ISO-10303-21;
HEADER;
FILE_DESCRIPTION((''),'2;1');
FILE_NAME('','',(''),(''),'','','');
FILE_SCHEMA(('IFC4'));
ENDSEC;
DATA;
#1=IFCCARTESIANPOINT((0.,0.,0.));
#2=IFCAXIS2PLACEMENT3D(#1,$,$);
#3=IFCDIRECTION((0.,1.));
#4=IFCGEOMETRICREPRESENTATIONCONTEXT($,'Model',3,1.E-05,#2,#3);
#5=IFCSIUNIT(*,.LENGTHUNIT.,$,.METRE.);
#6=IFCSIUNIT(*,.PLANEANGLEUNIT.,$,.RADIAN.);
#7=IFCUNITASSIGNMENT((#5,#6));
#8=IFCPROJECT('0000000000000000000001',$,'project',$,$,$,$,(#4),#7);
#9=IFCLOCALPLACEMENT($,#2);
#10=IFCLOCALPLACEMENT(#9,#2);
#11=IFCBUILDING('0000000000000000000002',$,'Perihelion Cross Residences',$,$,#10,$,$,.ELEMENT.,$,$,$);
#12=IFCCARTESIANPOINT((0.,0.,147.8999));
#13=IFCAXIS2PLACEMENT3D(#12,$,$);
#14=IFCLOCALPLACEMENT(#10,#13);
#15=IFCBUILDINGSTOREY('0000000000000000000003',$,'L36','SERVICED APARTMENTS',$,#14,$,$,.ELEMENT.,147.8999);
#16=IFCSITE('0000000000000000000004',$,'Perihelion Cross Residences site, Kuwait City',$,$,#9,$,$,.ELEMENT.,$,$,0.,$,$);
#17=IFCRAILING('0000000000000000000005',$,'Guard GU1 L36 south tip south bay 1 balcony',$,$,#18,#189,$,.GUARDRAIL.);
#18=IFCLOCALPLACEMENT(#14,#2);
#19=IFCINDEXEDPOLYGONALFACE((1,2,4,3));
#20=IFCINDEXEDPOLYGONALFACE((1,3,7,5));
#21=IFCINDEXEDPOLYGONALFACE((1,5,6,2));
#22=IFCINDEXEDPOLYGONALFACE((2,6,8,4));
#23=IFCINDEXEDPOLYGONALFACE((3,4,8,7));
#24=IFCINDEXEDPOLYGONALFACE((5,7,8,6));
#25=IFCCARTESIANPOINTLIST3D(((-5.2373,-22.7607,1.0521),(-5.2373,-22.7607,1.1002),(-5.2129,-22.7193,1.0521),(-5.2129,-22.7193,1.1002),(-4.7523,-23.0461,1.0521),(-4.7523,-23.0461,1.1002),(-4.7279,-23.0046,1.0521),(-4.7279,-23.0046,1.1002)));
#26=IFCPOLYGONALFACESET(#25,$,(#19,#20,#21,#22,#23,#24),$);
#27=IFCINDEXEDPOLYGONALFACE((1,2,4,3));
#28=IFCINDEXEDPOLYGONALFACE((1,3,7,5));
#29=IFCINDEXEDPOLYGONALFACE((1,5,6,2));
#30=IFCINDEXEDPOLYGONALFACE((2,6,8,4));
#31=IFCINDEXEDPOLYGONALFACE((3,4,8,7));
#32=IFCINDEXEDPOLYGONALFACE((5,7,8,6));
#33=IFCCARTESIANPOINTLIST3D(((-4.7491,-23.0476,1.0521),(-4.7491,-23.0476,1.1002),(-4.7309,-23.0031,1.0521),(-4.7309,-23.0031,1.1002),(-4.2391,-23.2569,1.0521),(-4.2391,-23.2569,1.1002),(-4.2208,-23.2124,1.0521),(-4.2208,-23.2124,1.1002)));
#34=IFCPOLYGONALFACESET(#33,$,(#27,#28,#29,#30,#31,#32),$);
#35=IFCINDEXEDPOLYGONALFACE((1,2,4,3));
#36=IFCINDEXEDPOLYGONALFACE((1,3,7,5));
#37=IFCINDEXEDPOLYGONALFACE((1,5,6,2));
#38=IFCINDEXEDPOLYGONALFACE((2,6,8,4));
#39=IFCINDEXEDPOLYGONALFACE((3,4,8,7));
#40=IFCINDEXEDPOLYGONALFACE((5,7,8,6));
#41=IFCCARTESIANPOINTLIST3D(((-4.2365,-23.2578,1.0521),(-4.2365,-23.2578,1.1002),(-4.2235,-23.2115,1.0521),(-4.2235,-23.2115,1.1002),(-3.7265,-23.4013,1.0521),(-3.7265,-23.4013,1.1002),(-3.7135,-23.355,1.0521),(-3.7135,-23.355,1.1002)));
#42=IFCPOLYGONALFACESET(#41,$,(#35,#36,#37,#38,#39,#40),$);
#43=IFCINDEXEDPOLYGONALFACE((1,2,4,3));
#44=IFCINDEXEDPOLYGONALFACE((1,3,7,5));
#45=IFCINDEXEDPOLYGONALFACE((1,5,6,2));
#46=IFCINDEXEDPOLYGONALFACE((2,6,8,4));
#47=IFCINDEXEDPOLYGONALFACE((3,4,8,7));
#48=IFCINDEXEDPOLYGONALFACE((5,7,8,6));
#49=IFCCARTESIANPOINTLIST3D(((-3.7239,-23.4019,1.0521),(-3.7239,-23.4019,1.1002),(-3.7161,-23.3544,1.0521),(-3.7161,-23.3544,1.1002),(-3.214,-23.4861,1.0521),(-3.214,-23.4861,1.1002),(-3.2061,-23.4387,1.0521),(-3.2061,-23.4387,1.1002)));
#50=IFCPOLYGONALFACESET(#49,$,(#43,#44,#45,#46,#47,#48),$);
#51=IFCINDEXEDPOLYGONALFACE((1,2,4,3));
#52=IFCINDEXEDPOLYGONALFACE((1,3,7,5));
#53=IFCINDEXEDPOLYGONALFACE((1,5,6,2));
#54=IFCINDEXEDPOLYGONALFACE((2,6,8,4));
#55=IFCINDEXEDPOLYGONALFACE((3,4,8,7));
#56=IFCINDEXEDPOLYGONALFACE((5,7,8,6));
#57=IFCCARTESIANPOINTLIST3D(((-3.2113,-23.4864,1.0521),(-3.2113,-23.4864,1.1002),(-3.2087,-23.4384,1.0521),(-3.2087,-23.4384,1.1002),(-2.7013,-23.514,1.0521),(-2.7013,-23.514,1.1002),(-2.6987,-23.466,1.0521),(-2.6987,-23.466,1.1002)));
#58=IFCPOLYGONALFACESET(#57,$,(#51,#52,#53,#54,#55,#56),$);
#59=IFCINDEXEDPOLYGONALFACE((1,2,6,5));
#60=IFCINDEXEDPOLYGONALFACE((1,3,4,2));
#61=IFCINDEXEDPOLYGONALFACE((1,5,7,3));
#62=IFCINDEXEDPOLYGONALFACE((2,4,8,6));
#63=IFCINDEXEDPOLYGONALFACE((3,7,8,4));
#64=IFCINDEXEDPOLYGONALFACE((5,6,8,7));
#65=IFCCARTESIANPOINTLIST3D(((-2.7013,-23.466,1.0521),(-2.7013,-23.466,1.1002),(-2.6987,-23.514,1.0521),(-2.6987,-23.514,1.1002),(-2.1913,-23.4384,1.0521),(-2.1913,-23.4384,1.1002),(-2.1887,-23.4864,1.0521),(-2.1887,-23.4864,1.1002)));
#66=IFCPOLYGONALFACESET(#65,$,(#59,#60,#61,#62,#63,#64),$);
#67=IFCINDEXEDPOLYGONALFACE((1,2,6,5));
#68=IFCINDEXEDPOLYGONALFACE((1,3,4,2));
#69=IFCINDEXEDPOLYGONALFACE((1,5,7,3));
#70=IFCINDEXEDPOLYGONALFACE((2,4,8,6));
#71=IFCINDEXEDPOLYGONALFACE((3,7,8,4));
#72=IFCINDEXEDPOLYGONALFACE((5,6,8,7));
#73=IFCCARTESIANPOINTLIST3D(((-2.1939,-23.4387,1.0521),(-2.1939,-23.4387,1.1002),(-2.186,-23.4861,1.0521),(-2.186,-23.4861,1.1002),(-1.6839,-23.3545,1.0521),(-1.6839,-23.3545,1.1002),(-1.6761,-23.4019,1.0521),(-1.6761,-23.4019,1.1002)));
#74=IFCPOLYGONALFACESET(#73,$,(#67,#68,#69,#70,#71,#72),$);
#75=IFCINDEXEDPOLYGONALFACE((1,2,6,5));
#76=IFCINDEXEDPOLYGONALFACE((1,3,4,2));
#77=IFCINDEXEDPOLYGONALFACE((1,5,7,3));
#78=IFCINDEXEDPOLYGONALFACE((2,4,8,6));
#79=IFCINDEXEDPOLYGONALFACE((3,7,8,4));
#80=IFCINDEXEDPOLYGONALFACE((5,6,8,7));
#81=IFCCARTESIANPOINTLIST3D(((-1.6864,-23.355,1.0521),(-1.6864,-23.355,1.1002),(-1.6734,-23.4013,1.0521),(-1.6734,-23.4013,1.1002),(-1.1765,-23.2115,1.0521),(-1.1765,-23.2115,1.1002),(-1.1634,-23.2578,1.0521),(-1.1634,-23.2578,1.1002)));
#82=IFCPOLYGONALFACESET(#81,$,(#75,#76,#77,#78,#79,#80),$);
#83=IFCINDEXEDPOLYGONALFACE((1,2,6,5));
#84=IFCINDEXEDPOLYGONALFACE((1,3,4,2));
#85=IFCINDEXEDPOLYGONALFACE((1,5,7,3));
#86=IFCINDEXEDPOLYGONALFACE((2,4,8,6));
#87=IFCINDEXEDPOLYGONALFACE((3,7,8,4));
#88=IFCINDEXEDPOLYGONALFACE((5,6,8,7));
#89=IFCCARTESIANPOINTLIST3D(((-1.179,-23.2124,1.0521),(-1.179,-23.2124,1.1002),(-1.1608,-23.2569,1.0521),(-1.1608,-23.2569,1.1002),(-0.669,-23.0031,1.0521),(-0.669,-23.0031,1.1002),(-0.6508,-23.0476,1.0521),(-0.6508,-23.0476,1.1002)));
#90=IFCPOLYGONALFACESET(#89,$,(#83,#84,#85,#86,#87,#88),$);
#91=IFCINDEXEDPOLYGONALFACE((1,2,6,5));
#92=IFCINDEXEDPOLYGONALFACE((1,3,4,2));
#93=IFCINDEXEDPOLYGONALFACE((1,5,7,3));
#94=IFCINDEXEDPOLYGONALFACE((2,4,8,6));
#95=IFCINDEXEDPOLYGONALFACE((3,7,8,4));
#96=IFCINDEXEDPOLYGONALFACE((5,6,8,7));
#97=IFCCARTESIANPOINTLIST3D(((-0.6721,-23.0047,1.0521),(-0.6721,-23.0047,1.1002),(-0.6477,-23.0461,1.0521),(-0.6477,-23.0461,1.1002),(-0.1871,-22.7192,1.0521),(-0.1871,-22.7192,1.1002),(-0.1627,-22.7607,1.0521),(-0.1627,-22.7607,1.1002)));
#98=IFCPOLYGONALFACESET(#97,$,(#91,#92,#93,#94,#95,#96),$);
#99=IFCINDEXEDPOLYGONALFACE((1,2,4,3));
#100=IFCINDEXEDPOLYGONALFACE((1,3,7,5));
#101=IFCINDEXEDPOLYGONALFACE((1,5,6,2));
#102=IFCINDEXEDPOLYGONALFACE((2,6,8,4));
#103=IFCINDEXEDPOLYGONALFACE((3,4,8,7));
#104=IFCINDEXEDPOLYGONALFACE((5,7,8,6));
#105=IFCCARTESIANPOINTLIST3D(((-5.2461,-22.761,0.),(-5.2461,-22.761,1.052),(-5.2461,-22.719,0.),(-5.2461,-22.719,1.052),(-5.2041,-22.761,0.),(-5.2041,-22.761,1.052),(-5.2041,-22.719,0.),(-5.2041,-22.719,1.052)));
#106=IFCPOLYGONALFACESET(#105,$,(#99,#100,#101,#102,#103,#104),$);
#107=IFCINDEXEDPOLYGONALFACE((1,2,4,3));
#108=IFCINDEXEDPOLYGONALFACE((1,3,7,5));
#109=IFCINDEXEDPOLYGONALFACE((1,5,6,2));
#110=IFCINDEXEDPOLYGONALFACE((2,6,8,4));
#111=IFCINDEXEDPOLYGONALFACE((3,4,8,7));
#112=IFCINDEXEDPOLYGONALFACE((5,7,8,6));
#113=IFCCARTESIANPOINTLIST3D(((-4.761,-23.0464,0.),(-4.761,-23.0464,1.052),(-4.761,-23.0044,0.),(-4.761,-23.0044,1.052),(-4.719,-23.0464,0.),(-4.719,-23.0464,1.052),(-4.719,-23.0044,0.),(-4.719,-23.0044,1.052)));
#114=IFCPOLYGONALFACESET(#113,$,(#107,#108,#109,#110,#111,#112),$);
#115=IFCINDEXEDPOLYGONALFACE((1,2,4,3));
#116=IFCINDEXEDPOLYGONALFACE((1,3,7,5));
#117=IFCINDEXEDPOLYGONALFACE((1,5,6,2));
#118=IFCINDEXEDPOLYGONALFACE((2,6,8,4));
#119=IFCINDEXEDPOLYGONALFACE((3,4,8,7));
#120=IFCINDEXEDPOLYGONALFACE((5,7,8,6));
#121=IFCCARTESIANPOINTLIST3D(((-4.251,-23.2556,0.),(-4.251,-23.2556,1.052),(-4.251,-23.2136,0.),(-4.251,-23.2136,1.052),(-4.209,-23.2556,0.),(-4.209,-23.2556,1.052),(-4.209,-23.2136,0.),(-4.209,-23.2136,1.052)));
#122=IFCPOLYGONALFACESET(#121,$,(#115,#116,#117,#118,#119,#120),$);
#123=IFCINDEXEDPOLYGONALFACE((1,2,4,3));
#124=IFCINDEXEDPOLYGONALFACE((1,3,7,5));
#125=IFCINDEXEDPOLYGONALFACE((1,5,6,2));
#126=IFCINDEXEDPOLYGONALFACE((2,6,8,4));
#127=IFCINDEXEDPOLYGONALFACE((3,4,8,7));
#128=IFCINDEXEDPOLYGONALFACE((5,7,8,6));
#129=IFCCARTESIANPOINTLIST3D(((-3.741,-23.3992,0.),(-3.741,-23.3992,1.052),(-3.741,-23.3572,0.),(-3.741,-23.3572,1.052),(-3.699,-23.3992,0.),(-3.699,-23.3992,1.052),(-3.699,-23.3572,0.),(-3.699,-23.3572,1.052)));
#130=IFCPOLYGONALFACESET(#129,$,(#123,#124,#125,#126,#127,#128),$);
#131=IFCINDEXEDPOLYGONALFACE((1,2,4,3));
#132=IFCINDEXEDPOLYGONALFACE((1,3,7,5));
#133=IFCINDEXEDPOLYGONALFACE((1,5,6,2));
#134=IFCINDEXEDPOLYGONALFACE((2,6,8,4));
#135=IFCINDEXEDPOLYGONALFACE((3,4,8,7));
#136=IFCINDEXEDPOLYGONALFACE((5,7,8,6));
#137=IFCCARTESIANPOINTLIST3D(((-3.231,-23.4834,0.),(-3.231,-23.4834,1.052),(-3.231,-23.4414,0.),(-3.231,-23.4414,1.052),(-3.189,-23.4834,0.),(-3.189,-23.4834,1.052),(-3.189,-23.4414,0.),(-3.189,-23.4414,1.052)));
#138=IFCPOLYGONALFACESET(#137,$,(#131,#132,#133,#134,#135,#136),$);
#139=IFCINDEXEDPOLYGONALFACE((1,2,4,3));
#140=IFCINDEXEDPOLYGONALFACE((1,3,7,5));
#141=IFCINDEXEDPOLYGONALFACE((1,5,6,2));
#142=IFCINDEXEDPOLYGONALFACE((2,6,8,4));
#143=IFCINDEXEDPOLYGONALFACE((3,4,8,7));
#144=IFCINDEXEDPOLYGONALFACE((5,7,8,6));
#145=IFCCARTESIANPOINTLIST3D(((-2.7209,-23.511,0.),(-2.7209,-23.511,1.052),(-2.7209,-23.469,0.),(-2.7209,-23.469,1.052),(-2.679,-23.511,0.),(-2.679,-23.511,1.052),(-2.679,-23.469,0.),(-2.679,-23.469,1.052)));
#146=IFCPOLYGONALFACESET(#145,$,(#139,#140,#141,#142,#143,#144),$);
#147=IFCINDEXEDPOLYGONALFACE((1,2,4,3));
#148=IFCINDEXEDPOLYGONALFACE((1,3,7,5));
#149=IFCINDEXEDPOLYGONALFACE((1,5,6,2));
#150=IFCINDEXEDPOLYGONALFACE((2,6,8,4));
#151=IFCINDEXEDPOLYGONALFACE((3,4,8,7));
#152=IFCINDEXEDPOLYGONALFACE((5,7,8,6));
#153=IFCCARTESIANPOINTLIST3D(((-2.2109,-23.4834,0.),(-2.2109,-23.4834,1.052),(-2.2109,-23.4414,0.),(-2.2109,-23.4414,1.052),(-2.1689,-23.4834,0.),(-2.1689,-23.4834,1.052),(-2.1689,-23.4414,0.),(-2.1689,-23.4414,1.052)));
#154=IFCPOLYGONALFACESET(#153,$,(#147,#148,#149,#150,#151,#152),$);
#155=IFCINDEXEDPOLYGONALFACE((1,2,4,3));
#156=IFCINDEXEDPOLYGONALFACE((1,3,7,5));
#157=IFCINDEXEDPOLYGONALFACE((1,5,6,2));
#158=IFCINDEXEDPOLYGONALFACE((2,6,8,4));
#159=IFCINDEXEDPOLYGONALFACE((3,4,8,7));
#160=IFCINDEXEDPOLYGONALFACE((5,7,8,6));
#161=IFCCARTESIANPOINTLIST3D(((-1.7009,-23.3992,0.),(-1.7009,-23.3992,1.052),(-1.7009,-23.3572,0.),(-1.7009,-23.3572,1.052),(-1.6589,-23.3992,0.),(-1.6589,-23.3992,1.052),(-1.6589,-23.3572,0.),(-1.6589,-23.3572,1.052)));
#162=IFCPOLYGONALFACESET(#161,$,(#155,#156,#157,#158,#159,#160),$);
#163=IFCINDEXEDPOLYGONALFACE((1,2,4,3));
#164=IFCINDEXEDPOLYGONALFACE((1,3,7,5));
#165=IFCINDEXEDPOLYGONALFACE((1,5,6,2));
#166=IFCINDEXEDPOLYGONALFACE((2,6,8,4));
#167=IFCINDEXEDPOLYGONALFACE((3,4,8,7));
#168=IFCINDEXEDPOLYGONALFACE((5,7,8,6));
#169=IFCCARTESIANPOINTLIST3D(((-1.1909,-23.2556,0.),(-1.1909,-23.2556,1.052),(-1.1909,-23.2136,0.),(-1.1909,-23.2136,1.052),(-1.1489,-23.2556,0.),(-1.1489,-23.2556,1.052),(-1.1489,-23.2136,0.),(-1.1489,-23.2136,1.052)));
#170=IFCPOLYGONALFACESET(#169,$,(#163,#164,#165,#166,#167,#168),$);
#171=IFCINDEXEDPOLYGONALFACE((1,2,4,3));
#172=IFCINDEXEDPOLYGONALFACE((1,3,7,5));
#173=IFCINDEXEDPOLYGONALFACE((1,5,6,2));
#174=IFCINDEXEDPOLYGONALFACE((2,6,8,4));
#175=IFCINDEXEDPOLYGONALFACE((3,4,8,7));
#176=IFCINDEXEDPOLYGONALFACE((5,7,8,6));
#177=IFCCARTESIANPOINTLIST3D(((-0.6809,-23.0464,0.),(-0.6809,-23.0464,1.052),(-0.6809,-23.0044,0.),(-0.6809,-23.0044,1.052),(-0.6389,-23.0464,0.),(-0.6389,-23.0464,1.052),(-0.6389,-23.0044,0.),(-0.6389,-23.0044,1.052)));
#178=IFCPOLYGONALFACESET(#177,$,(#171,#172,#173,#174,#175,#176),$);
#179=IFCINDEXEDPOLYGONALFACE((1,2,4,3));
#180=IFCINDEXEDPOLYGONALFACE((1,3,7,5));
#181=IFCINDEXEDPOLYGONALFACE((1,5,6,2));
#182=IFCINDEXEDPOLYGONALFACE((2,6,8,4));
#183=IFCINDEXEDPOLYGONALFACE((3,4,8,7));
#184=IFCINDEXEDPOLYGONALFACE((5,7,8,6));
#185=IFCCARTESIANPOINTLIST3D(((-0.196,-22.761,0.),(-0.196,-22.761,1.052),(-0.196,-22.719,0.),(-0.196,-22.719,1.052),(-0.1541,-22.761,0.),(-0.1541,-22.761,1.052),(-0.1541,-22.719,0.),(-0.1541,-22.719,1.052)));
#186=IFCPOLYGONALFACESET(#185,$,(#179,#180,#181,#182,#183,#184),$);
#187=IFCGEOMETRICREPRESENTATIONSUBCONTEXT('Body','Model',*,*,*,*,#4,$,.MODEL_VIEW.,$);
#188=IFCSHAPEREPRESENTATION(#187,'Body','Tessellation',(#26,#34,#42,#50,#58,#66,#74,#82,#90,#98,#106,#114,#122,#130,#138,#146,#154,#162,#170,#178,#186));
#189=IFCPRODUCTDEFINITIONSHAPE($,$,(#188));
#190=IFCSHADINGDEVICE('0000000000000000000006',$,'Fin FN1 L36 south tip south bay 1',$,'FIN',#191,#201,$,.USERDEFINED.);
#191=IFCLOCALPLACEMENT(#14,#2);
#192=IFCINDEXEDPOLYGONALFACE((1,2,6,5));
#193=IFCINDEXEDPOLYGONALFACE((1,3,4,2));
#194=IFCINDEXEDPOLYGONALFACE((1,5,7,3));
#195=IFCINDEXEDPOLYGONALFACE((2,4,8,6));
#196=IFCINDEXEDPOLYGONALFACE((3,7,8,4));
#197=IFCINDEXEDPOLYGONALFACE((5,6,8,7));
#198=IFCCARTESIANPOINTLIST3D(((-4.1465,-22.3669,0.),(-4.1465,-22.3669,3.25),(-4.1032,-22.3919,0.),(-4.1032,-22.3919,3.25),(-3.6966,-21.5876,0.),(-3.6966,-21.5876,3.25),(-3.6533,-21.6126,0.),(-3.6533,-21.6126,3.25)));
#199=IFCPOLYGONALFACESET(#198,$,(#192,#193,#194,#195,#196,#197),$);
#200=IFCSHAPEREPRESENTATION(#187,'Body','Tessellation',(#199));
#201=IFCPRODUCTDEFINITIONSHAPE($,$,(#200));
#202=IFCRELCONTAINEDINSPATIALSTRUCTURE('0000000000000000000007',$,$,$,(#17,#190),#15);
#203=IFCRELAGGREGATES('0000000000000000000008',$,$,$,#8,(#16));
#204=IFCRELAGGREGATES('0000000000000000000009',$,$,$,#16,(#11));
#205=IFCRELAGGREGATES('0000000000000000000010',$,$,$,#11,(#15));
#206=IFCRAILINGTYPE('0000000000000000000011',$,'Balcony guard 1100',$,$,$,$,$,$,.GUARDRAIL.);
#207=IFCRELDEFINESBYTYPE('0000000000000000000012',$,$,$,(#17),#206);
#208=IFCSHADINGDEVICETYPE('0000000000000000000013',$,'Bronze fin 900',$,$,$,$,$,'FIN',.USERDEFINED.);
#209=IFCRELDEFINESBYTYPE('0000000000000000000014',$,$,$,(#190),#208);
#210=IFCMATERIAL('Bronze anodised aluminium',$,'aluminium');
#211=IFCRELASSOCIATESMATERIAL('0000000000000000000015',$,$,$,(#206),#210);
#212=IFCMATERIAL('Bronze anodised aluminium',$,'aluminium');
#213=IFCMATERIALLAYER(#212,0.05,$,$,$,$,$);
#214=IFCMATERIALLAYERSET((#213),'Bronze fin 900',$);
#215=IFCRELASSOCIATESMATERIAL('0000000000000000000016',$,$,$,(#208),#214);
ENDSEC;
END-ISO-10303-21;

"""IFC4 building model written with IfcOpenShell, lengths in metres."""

from ifc_helpers import new_model, si_unit, direction, frame, origin, origin_2d, place, context, subcontext, project, spatial, rectangle, extrude, material, layer, layer_set, type_object, element, save


model = new_model("IFC4")

# Units and contexts
model_context = context("Model", 3, precision=1e-05, world=origin(), true_north=direction((0.0, 1.0)))
body_context = subcontext(model_context, "Body", "Model", "MODEL_VIEW")
ifc_project = project(units=[si_unit("LENGTHUNIT", "METRE"), si_unit("PLANEANGLEUNIT", "RADIAN")], contexts=[model_context])

# Site, building, storey
site_placement = place(None, origin())
site = spatial("IfcSite", under=ifc_project, at=site_placement, Name="Perihelion Cross Residences site, Kuwait City", CompositionType="ELEMENT", RefElevation=0.0)
building_placement = place(site_placement, origin())
building = spatial("IfcBuilding", under=site, at=building_placement, Name="Perihelion Cross Residences", CompositionType="ELEMENT")
storey_placement = place(building_placement, frame((0.0, 0.0, 147.8999)))
storey = spatial("IfcBuildingStorey", under=building, at=storey_placement, Name="L36", Description="SERVICED APARTMENTS", CompositionType="ELEMENT", Elevation=147.8999)

# Railing
ifc_material_1 = material(Name="Bronze anodised aluminium", Category="aluminium")
railing_type = type_object("IfcRailingType", Name="Balcony guard 1100", PredefinedType="GUARDRAIL", material=ifc_material_1)
railing_1_placement = place(storey_placement, frame((-5.2251, -22.74, 0.0)))
element("IfcRailing", 1, at=railing_1_placement, inside=storey, type_object=railing_type, Name="Guard GU1 L36 south tip south bay 1 balcony", PredefinedType="GUARDRAIL", context=body_context, shape_type="SweptSolid", body=[
    extrude(rectangle(XDim=0.0481, YDim=0.0481, at=origin_2d()), frame((0.0, 0.0, 1.0762), z_axis=(0.861901, -0.507077, 0.0), x_axis=(0.507077, 0.861901, 0.0)), (0.0, 0.0, 1.0), 0.5627),
    extrude(rectangle(XDim=0.0481, YDim=0.0481, at=origin_2d()), frame((0.4851, -0.2854, 1.0762), z_axis=(0.925173, -0.379547, 0.0), x_axis=(0.379547, 0.925173, 0.0)), (0.0, 0.0, 1.0), 0.5513),
    extrude(rectangle(XDim=0.0481, YDim=0.0481, at=origin_2d()), frame((0.9951, -0.4946, 1.0762), z_axis=(0.962595, -0.270946, 0.0), x_axis=(0.270946, 0.962595, 0.0)), (0.0, 0.0, 1.0), 0.5298),
    extrude(rectangle(XDim=0.0481, YDim=0.0481, at=origin_2d()), frame((1.5051, -0.6382, 1.0762), z_axis=(0.986635, -0.162944, 0.0), x_axis=(0.162944, 0.986635, 0.0)), (0.0, 0.0, 1.0), 0.5168),
    extrude(rectangle(XDim=0.0481, YDim=0.0481, at=origin_2d()), frame((2.0151, -0.7224, 1.0762), z_axis=(0.99854, -0.054014, 0.0), x_axis=(0.054014, 0.99854, 0.0)), (0.0, 0.0, 1.0), 0.5107),
    extrude(rectangle(XDim=0.0481, YDim=0.0481, at=origin_2d()), frame((2.5251, -0.75, 1.0762), z_axis=(0.99854, 0.054014, 0.0), x_axis=(-0.054014, 0.99854, 0.0)), (0.0, 0.0, 1.0), 0.5107),
    extrude(rectangle(XDim=0.0481, YDim=0.0481, at=origin_2d()), frame((3.0352, -0.7224, 1.0762), z_axis=(0.986635, 0.162944, 0.0), x_axis=(-0.162944, 0.986635, 0.0)), (0.0, 0.0, 1.0), 0.5168),
    extrude(rectangle(XDim=0.0481, YDim=0.0481, at=origin_2d()), frame((3.5452, -0.6382, 1.0762), z_axis=(0.962595, 0.270946, 0.0), x_axis=(-0.270946, 0.962595, 0.0)), (0.0, 0.0, 1.0), 0.5298),
    extrude(rectangle(XDim=0.0481, YDim=0.0481, at=origin_2d()), frame((4.0552, -0.4946, 1.0762), z_axis=(0.925173, 0.379547, 0.0), x_axis=(-0.379547, 0.925173, 0.0)), (0.0, 0.0, 1.0), 0.5513),
    extrude(rectangle(XDim=0.0481, YDim=0.0481, at=origin_2d()), frame((4.5652, -0.2854, 1.0762), z_axis=(0.861789, 0.507267, 0.0), x_axis=(-0.507267, 0.861789, 0.0)), (0.0, 0.0, 1.0), 0.5627),
    extrude(rectangle(XDim=0.042, YDim=0.042, at=origin_2d()), origin(), (0.0, 0.0, 1.0), 1.052),
    extrude(rectangle(XDim=0.042, YDim=0.042, at=origin_2d()), frame((0.4851, -0.2854, 0.0)), (0.0, 0.0, 1.0), 1.052),
    extrude(rectangle(XDim=0.042, YDim=0.042, at=origin_2d()), frame((0.9951, -0.4946, 0.0)), (0.0, 0.0, 1.0), 1.052),
    extrude(rectangle(XDim=0.042, YDim=0.042, at=origin_2d()), frame((1.5051, -0.6382, 0.0)), (0.0, 0.0, 1.0), 1.052),
    extrude(rectangle(XDim=0.042, YDim=0.042, at=origin_2d()), frame((2.0151, -0.7224, 0.0)), (0.0, 0.0, 1.0), 1.052),
    extrude(rectangle(XDim=0.042, YDim=0.042, at=origin_2d()), frame((2.5251, -0.75, 0.0)), (0.0, 0.0, 1.0), 1.052),
    extrude(rectangle(XDim=0.042, YDim=0.042, at=origin_2d()), frame((3.0352, -0.7224, 0.0)), (0.0, 0.0, 1.0), 1.052),
    extrude(rectangle(XDim=0.042, YDim=0.042, at=origin_2d()), frame((3.5452, -0.6382, 0.0)), (0.0, 0.0, 1.0), 1.052),
    extrude(rectangle(XDim=0.042, YDim=0.042, at=origin_2d()), frame((4.0552, -0.4946, 0.0)), (0.0, 0.0, 1.0), 1.052),
    extrude(rectangle(XDim=0.042, YDim=0.042, at=origin_2d()), frame((4.5652, -0.2854, 0.0)), (0.0, 0.0, 1.0), 1.052),
    extrude(rectangle(XDim=0.042, YDim=0.042, at=origin_2d()), frame((5.05, 0.0, 0.0)), (0.0, 0.0, 1.0), 1.052),
])

# Shading device
ifc_material_2 = material(Name="Bronze anodised aluminium", Category="aluminium")
ifc_layer_1 = layer(ifc_material_2, 0.05)
ifc_layer_set_1 = layer_set([ifc_layer_1], Name="Bronze fin 900")
shading_device_type = type_object("IfcShadingDeviceType", Name="Bronze fin 900", ElementType="FIN", PredefinedType="USERDEFINED", material=ifc_layer_set_1)
shading_device_placement = place(storey_placement, frame((-3.8999, -21.9897, 0.0), z_axis=(0.0, 0.0, 1.0), x_axis=(-0.5, -0.866025, 0.0)))
element("IfcShadingDevice", 2, at=shading_device_placement, inside=storey, type_object=shading_device_type, Name="Fin FN1 L36 south tip south bay 1", ObjectType="FIN", PredefinedType="USERDEFINED", context=body_context, shape_type="SweptSolid", body=[
    extrude(rectangle(XDim=0.8999, YDim=0.05, at=origin_2d()), origin(), (0.0, 0.0, 1.0), 3.25),
])

save(model, "model.ifc")
